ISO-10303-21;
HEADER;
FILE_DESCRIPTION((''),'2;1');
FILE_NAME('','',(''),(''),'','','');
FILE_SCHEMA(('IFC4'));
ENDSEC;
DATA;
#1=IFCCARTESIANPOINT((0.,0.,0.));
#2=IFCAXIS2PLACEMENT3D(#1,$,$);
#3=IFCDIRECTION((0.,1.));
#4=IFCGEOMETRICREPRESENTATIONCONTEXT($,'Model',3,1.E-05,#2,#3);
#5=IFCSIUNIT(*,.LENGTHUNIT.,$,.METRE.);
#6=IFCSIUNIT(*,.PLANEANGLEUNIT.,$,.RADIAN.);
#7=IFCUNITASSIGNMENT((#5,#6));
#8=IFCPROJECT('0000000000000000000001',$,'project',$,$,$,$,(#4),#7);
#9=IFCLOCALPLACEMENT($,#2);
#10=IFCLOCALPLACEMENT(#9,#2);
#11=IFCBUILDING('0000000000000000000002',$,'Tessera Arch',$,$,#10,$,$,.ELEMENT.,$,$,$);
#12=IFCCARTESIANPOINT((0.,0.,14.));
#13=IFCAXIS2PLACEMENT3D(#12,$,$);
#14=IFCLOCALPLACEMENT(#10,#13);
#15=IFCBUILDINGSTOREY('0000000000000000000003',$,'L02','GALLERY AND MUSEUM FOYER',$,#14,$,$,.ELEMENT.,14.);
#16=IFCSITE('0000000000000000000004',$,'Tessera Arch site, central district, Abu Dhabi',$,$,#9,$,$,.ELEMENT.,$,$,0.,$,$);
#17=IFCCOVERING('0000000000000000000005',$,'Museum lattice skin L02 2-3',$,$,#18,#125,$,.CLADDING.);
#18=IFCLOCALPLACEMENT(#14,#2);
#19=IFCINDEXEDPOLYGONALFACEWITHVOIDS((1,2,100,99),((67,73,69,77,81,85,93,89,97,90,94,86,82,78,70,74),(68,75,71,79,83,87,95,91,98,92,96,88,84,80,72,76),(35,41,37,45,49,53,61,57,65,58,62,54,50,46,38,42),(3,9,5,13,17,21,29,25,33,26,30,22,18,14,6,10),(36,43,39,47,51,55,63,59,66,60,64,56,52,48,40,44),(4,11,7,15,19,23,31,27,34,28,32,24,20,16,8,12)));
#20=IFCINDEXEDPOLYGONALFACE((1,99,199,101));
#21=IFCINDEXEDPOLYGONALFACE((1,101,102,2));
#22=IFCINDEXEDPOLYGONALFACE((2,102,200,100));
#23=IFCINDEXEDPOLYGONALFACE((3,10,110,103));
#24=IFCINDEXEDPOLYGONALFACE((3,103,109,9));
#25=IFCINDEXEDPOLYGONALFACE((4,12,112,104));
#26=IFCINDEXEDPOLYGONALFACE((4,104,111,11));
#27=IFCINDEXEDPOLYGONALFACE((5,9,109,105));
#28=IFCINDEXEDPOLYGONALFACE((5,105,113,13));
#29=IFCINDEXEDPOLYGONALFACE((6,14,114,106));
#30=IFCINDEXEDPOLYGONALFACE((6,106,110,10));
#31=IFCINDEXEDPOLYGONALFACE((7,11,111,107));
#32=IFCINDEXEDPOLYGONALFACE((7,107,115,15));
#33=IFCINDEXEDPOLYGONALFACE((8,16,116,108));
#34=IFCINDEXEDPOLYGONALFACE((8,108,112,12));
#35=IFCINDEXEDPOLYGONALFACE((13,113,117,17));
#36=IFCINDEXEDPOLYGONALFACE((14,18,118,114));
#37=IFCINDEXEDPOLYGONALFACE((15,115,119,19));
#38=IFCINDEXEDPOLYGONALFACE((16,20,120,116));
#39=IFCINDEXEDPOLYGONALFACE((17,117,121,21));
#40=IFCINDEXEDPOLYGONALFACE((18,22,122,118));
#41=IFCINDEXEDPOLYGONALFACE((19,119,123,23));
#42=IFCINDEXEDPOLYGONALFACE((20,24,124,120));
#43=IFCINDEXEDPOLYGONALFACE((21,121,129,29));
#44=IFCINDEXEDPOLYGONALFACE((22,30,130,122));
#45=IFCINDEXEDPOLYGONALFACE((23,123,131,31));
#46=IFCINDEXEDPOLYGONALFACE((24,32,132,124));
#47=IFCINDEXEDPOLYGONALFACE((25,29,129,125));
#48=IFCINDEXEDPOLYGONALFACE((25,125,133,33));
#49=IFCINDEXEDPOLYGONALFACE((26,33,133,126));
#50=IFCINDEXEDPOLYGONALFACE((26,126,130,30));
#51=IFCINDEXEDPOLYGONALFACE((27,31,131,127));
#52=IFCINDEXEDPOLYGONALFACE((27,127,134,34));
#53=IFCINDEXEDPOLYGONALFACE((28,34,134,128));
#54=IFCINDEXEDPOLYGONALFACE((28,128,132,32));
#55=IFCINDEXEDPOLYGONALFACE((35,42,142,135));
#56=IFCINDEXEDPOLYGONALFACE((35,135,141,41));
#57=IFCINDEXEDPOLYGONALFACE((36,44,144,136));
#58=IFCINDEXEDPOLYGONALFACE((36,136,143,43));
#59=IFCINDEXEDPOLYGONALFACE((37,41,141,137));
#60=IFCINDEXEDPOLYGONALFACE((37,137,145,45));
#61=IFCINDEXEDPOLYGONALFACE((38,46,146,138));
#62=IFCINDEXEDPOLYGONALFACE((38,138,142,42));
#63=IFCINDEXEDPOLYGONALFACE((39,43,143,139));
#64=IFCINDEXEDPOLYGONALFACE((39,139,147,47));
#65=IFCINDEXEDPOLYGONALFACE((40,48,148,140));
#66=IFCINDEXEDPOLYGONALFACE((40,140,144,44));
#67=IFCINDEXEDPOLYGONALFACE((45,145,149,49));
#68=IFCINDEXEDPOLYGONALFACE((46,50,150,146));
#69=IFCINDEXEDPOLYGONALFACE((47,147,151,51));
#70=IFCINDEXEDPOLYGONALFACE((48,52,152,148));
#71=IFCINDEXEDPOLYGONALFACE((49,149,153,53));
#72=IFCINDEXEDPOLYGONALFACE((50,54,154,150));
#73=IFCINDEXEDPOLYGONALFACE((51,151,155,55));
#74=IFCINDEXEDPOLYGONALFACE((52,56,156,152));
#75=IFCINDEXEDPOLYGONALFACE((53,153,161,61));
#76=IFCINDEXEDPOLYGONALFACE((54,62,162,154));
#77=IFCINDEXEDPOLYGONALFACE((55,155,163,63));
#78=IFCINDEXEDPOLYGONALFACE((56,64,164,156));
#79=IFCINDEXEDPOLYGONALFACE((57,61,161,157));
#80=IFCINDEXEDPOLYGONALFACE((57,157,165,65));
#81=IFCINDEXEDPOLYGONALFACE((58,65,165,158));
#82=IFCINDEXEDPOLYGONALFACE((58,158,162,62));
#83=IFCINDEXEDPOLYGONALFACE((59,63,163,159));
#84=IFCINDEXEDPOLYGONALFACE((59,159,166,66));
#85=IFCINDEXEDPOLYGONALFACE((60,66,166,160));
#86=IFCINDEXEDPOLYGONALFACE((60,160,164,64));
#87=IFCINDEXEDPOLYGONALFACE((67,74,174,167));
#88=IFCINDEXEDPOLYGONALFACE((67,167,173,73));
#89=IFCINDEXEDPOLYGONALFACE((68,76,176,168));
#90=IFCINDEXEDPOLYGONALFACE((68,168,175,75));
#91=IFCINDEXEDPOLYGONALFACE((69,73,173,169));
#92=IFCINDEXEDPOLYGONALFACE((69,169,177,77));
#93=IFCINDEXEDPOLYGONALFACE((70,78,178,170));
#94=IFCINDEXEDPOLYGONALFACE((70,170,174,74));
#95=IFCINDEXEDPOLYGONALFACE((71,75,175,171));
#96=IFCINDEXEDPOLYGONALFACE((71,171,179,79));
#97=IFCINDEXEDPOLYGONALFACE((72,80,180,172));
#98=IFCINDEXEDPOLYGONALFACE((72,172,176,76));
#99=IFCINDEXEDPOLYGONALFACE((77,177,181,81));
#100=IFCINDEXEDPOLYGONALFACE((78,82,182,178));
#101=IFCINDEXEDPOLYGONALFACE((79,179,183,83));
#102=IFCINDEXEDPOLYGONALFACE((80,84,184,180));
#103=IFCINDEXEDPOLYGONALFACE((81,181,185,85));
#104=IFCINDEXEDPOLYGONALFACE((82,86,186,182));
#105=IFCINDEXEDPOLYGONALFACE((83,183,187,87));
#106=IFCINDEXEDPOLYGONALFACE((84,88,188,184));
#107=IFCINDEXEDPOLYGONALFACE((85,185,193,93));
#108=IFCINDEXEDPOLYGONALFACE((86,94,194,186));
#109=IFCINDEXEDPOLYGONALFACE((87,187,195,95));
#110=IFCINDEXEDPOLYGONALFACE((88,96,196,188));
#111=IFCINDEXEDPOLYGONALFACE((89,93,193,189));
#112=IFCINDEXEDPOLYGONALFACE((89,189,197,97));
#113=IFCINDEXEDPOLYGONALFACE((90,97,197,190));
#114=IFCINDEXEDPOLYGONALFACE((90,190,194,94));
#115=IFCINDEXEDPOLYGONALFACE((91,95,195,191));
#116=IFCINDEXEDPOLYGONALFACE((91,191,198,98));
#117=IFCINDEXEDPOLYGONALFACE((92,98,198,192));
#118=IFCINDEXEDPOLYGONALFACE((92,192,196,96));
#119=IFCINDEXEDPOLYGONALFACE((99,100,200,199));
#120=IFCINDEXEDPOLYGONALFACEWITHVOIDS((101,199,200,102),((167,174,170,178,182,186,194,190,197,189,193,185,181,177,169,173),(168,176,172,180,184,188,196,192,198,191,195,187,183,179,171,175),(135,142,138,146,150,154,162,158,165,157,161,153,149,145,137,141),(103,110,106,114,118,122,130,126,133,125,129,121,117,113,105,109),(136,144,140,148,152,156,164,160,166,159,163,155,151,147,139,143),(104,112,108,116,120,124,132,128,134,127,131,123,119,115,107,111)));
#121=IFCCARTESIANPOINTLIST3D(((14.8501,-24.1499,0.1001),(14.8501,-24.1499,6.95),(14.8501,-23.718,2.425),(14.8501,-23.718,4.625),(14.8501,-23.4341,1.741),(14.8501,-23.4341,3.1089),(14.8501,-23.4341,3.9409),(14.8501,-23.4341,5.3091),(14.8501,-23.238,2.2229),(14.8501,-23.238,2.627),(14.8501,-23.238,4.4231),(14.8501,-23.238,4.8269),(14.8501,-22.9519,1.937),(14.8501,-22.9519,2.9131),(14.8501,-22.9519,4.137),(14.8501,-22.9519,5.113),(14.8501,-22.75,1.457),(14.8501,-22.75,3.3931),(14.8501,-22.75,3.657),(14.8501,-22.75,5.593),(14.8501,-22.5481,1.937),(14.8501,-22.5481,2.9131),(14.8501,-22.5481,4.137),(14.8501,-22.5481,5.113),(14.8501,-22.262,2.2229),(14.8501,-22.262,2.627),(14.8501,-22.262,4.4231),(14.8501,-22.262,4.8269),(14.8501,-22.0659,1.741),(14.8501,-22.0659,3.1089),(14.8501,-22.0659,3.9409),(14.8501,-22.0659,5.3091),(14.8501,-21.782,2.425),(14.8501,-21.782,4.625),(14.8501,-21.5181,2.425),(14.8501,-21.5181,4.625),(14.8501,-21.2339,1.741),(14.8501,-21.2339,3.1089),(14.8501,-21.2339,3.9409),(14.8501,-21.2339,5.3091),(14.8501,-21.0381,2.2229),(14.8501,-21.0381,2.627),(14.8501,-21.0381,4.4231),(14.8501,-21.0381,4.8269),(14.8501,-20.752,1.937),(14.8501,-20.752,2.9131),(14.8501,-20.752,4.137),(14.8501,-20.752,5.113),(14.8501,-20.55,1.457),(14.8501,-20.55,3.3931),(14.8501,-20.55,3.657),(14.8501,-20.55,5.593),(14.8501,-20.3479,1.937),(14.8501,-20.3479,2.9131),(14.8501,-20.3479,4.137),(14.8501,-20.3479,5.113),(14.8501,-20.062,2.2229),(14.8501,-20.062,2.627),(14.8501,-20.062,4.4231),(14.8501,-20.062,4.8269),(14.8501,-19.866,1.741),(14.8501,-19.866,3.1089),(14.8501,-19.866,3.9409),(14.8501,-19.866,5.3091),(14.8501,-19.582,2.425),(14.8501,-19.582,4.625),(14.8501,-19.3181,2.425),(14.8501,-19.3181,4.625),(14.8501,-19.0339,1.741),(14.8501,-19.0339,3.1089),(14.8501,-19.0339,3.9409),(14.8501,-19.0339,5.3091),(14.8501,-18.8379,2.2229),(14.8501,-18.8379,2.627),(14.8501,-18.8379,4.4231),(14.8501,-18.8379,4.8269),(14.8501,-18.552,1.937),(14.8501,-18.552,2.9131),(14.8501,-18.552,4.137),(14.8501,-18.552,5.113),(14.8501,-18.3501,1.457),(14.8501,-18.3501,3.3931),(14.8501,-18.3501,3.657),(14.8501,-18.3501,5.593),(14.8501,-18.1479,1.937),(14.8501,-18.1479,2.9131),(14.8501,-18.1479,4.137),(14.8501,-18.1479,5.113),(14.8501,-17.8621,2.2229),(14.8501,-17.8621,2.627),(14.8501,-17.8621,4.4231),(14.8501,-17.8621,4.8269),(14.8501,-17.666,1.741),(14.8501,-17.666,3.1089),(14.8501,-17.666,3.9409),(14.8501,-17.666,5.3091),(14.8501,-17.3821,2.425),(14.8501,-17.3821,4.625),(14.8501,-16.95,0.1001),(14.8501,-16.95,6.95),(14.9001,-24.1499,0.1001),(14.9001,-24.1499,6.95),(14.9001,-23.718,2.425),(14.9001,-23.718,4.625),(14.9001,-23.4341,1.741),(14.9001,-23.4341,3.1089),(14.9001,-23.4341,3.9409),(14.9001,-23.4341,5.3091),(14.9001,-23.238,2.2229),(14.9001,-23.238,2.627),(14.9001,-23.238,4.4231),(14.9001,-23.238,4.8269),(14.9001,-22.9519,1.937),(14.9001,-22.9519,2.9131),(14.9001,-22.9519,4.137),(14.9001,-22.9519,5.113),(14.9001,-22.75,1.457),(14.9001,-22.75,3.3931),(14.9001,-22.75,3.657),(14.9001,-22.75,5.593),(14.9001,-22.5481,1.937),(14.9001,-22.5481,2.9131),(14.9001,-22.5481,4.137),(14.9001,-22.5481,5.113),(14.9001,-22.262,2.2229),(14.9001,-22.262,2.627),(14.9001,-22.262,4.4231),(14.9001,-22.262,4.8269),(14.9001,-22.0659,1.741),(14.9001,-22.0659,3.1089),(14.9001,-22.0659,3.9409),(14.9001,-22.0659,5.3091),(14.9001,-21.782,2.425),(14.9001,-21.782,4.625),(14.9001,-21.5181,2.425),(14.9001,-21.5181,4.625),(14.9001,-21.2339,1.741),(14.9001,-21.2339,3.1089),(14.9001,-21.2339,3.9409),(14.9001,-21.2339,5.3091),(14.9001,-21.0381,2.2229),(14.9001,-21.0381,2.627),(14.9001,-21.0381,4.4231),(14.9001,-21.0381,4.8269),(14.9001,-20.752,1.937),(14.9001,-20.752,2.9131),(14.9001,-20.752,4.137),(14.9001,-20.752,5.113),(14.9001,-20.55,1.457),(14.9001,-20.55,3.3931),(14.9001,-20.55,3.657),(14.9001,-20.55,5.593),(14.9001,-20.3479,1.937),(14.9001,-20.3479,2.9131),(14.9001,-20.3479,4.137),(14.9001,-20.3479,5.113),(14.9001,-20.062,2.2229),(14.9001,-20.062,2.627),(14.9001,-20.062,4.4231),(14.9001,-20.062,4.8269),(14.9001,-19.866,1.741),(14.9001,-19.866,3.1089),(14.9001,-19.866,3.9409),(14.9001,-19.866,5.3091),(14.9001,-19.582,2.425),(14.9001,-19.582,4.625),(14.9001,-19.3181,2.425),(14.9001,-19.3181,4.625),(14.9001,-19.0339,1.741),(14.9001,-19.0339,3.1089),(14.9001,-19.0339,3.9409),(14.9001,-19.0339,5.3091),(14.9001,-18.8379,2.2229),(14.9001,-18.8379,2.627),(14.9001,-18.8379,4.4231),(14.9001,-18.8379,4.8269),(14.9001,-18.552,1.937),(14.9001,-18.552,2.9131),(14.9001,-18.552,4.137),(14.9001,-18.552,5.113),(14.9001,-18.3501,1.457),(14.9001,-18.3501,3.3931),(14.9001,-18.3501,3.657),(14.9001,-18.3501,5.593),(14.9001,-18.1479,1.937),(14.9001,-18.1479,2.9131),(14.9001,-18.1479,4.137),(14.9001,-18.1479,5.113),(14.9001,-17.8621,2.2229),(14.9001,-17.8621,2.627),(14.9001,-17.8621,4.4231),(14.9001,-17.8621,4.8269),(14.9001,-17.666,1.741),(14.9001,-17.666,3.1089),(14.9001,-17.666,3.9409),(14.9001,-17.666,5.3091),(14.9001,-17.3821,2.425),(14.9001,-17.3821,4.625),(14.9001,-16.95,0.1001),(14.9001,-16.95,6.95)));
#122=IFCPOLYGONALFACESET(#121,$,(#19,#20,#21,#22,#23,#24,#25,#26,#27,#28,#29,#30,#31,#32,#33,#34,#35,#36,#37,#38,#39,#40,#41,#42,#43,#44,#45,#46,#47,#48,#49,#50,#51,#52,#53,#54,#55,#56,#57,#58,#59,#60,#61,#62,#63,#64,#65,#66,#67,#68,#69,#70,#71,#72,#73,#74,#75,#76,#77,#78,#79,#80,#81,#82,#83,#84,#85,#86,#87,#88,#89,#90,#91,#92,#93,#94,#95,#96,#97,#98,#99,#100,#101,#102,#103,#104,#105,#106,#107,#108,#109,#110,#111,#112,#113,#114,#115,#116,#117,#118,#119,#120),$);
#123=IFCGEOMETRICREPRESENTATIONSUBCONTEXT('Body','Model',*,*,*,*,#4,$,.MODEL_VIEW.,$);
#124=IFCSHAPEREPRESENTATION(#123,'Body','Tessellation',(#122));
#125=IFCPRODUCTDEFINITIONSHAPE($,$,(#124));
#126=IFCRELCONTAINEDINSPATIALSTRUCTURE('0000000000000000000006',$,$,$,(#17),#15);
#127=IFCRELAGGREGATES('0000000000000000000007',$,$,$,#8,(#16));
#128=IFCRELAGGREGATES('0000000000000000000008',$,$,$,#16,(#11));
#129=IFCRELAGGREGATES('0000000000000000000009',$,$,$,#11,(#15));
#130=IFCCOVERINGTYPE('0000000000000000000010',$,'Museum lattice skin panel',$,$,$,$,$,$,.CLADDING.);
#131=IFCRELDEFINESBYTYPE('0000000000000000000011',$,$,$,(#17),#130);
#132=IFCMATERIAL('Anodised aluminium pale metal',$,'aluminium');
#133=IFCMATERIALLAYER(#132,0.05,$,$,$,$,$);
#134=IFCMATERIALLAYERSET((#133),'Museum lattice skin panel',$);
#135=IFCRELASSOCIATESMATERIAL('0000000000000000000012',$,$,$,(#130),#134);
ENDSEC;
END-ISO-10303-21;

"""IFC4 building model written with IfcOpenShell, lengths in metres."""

from ifc_helpers import new_model, si_unit, direction, frame, origin, place, context, subcontext, project, spatial, polyline, outline, extrude, material, layer, layer_set, type_object, element, save


model = new_model("IFC4")

# Units and contexts
model_context = context("Model", 3, precision=1e-05, world=origin(), true_north=direction((0.0, 1.0)))
body_context = subcontext(model_context, "Body", "Model", "MODEL_VIEW")
ifc_project = project(units=[si_unit("LENGTHUNIT", "METRE"), si_unit("PLANEANGLEUNIT", "RADIAN")], contexts=[model_context])

# Site, building, storey
site_placement = place(None, origin())
site = spatial("IfcSite", under=ifc_project, at=site_placement, Name="Tessera Arch site, central district, Abu Dhabi", CompositionType="ELEMENT", RefElevation=0.0)
building_placement = place(site_placement, origin())
building = spatial("IfcBuilding", under=site, at=building_placement, Name="Tessera Arch", CompositionType="ELEMENT")
storey_placement = place(building_placement, frame((0.0, 0.0, 14.0)))
storey = spatial("IfcBuildingStorey", under=building, at=storey_placement, Name="L02", Description="GALLERY AND MUSEUM FOYER", CompositionType="ELEMENT", Elevation=14.0)

# Covering
ifc_material_1 = material(Name="Anodised aluminium pale metal", Category="aluminium")
ifc_layer_1 = layer(ifc_material_1, 0.05)
ifc_layer_set_1 = layer_set([ifc_layer_1], Name="Museum lattice skin panel")
covering_type_1 = type_object("IfcCoveringType", Name="Museum lattice skin panel", PredefinedType="CLADDING", material=ifc_layer_set_1)
covering_1_placement = place(storey_placement, frame((14.8501, -24.1499, 6.95), z_axis=(-1.0, 0.0, 0.0), x_axis=(0.0, 1.0, 0.0)))
element("IfcCovering", 1, at=covering_1_placement, inside=storey, type_object=covering_type_1, Name="Museum lattice skin L02 2-3", PredefinedType="CLADDING", context=body_context, shape_type="SweptSolid", body=[
    extrude(outline(polyline([(0.0, 0.0), (7.2, 0.0), (7.2, 6.8499), (0.0, 6.8499), (0.0, 0.0)]), holes=[polyline([(2.3679, 4.5249), (1.8879, 4.323), (2.084, 3.8411), (1.6018, 4.0369), (1.3999, 3.5569), (1.198, 4.0369), (0.7158, 3.8411), (0.9119, 4.323), (0.4319, 4.5249), (0.9119, 4.7271), (0.7158, 5.209), (1.198, 5.0129), (1.3999, 5.4929), (1.6018, 5.0129), (2.084, 5.209), (1.8879, 4.7271), (2.3679, 4.5249)]), polyline([(2.3679, 2.325), (1.8879, 2.123), (2.084, 1.6409), (1.6018, 1.8369), (1.3999, 1.3569), (1.198, 1.8369), (0.7158, 1.6409), (0.9119, 2.123), (0.4319, 2.325), (0.9119, 2.5269), (0.7158, 3.009), (1.198, 2.813), (1.3999, 3.293), (1.6018, 2.813), (2.084, 3.009), (1.8879, 2.5269), (2.3679, 2.325)]), polyline([(4.5679, 4.5249), (4.0879, 4.323), (4.2839, 3.8411), (3.802, 4.0369), (3.5999, 3.5569), (3.3979, 4.0369), (2.916, 3.8411), (3.1118, 4.323), (2.6318, 4.5249), (3.1118, 4.7271), (2.916, 5.209), (3.3979, 5.0129), (3.5999, 5.4929), (3.802, 5.0129), (4.2839, 5.209), (4.0879, 4.7271), (4.5679, 4.5249)]), polyline([(4.5679, 2.325), (4.0879, 2.123), (4.2839, 1.6409), (3.802, 1.8369), (3.5999, 1.3569), (3.3979, 1.8369), (2.916, 1.6409), (3.1118, 2.123), (2.6318, 2.325), (3.1118, 2.5269), (2.916, 3.009), (3.3979, 2.813), (3.5999, 3.293), (3.802, 2.813), (4.2839, 3.009), (4.0879, 2.5269), (4.5679, 2.325)]), polyline([(6.7678, 4.5249), (6.2878, 4.323), (6.4839, 3.8411), (6.002, 4.0369), (5.7998, 3.5569), (5.5979, 4.0369), (5.116, 3.8411), (5.312, 4.323), (4.8318, 4.5249), (5.312, 4.7271), (5.116, 5.209), (5.5979, 5.0129), (5.7998, 5.4929), (6.002, 5.0129), (6.4839, 5.209), (6.2878, 4.7271), (6.7678, 4.5249)]), polyline([(6.7678, 2.325), (6.2878, 2.123), (6.4839, 1.6409), (6.002, 1.8369), (5.7998, 1.3569), (5.5979, 1.8369), (5.116, 1.6409), (5.312, 2.123), (4.8318, 2.325), (5.312, 2.5269), (5.116, 3.009), (5.5979, 2.813), (5.7998, 3.293), (6.002, 2.813), (6.4839, 3.009), (6.2878, 2.5269), (6.7678, 2.325)])]), origin(), (0.0, 0.0, -1.0), 0.05),
])

save(model, "model.ifc")
